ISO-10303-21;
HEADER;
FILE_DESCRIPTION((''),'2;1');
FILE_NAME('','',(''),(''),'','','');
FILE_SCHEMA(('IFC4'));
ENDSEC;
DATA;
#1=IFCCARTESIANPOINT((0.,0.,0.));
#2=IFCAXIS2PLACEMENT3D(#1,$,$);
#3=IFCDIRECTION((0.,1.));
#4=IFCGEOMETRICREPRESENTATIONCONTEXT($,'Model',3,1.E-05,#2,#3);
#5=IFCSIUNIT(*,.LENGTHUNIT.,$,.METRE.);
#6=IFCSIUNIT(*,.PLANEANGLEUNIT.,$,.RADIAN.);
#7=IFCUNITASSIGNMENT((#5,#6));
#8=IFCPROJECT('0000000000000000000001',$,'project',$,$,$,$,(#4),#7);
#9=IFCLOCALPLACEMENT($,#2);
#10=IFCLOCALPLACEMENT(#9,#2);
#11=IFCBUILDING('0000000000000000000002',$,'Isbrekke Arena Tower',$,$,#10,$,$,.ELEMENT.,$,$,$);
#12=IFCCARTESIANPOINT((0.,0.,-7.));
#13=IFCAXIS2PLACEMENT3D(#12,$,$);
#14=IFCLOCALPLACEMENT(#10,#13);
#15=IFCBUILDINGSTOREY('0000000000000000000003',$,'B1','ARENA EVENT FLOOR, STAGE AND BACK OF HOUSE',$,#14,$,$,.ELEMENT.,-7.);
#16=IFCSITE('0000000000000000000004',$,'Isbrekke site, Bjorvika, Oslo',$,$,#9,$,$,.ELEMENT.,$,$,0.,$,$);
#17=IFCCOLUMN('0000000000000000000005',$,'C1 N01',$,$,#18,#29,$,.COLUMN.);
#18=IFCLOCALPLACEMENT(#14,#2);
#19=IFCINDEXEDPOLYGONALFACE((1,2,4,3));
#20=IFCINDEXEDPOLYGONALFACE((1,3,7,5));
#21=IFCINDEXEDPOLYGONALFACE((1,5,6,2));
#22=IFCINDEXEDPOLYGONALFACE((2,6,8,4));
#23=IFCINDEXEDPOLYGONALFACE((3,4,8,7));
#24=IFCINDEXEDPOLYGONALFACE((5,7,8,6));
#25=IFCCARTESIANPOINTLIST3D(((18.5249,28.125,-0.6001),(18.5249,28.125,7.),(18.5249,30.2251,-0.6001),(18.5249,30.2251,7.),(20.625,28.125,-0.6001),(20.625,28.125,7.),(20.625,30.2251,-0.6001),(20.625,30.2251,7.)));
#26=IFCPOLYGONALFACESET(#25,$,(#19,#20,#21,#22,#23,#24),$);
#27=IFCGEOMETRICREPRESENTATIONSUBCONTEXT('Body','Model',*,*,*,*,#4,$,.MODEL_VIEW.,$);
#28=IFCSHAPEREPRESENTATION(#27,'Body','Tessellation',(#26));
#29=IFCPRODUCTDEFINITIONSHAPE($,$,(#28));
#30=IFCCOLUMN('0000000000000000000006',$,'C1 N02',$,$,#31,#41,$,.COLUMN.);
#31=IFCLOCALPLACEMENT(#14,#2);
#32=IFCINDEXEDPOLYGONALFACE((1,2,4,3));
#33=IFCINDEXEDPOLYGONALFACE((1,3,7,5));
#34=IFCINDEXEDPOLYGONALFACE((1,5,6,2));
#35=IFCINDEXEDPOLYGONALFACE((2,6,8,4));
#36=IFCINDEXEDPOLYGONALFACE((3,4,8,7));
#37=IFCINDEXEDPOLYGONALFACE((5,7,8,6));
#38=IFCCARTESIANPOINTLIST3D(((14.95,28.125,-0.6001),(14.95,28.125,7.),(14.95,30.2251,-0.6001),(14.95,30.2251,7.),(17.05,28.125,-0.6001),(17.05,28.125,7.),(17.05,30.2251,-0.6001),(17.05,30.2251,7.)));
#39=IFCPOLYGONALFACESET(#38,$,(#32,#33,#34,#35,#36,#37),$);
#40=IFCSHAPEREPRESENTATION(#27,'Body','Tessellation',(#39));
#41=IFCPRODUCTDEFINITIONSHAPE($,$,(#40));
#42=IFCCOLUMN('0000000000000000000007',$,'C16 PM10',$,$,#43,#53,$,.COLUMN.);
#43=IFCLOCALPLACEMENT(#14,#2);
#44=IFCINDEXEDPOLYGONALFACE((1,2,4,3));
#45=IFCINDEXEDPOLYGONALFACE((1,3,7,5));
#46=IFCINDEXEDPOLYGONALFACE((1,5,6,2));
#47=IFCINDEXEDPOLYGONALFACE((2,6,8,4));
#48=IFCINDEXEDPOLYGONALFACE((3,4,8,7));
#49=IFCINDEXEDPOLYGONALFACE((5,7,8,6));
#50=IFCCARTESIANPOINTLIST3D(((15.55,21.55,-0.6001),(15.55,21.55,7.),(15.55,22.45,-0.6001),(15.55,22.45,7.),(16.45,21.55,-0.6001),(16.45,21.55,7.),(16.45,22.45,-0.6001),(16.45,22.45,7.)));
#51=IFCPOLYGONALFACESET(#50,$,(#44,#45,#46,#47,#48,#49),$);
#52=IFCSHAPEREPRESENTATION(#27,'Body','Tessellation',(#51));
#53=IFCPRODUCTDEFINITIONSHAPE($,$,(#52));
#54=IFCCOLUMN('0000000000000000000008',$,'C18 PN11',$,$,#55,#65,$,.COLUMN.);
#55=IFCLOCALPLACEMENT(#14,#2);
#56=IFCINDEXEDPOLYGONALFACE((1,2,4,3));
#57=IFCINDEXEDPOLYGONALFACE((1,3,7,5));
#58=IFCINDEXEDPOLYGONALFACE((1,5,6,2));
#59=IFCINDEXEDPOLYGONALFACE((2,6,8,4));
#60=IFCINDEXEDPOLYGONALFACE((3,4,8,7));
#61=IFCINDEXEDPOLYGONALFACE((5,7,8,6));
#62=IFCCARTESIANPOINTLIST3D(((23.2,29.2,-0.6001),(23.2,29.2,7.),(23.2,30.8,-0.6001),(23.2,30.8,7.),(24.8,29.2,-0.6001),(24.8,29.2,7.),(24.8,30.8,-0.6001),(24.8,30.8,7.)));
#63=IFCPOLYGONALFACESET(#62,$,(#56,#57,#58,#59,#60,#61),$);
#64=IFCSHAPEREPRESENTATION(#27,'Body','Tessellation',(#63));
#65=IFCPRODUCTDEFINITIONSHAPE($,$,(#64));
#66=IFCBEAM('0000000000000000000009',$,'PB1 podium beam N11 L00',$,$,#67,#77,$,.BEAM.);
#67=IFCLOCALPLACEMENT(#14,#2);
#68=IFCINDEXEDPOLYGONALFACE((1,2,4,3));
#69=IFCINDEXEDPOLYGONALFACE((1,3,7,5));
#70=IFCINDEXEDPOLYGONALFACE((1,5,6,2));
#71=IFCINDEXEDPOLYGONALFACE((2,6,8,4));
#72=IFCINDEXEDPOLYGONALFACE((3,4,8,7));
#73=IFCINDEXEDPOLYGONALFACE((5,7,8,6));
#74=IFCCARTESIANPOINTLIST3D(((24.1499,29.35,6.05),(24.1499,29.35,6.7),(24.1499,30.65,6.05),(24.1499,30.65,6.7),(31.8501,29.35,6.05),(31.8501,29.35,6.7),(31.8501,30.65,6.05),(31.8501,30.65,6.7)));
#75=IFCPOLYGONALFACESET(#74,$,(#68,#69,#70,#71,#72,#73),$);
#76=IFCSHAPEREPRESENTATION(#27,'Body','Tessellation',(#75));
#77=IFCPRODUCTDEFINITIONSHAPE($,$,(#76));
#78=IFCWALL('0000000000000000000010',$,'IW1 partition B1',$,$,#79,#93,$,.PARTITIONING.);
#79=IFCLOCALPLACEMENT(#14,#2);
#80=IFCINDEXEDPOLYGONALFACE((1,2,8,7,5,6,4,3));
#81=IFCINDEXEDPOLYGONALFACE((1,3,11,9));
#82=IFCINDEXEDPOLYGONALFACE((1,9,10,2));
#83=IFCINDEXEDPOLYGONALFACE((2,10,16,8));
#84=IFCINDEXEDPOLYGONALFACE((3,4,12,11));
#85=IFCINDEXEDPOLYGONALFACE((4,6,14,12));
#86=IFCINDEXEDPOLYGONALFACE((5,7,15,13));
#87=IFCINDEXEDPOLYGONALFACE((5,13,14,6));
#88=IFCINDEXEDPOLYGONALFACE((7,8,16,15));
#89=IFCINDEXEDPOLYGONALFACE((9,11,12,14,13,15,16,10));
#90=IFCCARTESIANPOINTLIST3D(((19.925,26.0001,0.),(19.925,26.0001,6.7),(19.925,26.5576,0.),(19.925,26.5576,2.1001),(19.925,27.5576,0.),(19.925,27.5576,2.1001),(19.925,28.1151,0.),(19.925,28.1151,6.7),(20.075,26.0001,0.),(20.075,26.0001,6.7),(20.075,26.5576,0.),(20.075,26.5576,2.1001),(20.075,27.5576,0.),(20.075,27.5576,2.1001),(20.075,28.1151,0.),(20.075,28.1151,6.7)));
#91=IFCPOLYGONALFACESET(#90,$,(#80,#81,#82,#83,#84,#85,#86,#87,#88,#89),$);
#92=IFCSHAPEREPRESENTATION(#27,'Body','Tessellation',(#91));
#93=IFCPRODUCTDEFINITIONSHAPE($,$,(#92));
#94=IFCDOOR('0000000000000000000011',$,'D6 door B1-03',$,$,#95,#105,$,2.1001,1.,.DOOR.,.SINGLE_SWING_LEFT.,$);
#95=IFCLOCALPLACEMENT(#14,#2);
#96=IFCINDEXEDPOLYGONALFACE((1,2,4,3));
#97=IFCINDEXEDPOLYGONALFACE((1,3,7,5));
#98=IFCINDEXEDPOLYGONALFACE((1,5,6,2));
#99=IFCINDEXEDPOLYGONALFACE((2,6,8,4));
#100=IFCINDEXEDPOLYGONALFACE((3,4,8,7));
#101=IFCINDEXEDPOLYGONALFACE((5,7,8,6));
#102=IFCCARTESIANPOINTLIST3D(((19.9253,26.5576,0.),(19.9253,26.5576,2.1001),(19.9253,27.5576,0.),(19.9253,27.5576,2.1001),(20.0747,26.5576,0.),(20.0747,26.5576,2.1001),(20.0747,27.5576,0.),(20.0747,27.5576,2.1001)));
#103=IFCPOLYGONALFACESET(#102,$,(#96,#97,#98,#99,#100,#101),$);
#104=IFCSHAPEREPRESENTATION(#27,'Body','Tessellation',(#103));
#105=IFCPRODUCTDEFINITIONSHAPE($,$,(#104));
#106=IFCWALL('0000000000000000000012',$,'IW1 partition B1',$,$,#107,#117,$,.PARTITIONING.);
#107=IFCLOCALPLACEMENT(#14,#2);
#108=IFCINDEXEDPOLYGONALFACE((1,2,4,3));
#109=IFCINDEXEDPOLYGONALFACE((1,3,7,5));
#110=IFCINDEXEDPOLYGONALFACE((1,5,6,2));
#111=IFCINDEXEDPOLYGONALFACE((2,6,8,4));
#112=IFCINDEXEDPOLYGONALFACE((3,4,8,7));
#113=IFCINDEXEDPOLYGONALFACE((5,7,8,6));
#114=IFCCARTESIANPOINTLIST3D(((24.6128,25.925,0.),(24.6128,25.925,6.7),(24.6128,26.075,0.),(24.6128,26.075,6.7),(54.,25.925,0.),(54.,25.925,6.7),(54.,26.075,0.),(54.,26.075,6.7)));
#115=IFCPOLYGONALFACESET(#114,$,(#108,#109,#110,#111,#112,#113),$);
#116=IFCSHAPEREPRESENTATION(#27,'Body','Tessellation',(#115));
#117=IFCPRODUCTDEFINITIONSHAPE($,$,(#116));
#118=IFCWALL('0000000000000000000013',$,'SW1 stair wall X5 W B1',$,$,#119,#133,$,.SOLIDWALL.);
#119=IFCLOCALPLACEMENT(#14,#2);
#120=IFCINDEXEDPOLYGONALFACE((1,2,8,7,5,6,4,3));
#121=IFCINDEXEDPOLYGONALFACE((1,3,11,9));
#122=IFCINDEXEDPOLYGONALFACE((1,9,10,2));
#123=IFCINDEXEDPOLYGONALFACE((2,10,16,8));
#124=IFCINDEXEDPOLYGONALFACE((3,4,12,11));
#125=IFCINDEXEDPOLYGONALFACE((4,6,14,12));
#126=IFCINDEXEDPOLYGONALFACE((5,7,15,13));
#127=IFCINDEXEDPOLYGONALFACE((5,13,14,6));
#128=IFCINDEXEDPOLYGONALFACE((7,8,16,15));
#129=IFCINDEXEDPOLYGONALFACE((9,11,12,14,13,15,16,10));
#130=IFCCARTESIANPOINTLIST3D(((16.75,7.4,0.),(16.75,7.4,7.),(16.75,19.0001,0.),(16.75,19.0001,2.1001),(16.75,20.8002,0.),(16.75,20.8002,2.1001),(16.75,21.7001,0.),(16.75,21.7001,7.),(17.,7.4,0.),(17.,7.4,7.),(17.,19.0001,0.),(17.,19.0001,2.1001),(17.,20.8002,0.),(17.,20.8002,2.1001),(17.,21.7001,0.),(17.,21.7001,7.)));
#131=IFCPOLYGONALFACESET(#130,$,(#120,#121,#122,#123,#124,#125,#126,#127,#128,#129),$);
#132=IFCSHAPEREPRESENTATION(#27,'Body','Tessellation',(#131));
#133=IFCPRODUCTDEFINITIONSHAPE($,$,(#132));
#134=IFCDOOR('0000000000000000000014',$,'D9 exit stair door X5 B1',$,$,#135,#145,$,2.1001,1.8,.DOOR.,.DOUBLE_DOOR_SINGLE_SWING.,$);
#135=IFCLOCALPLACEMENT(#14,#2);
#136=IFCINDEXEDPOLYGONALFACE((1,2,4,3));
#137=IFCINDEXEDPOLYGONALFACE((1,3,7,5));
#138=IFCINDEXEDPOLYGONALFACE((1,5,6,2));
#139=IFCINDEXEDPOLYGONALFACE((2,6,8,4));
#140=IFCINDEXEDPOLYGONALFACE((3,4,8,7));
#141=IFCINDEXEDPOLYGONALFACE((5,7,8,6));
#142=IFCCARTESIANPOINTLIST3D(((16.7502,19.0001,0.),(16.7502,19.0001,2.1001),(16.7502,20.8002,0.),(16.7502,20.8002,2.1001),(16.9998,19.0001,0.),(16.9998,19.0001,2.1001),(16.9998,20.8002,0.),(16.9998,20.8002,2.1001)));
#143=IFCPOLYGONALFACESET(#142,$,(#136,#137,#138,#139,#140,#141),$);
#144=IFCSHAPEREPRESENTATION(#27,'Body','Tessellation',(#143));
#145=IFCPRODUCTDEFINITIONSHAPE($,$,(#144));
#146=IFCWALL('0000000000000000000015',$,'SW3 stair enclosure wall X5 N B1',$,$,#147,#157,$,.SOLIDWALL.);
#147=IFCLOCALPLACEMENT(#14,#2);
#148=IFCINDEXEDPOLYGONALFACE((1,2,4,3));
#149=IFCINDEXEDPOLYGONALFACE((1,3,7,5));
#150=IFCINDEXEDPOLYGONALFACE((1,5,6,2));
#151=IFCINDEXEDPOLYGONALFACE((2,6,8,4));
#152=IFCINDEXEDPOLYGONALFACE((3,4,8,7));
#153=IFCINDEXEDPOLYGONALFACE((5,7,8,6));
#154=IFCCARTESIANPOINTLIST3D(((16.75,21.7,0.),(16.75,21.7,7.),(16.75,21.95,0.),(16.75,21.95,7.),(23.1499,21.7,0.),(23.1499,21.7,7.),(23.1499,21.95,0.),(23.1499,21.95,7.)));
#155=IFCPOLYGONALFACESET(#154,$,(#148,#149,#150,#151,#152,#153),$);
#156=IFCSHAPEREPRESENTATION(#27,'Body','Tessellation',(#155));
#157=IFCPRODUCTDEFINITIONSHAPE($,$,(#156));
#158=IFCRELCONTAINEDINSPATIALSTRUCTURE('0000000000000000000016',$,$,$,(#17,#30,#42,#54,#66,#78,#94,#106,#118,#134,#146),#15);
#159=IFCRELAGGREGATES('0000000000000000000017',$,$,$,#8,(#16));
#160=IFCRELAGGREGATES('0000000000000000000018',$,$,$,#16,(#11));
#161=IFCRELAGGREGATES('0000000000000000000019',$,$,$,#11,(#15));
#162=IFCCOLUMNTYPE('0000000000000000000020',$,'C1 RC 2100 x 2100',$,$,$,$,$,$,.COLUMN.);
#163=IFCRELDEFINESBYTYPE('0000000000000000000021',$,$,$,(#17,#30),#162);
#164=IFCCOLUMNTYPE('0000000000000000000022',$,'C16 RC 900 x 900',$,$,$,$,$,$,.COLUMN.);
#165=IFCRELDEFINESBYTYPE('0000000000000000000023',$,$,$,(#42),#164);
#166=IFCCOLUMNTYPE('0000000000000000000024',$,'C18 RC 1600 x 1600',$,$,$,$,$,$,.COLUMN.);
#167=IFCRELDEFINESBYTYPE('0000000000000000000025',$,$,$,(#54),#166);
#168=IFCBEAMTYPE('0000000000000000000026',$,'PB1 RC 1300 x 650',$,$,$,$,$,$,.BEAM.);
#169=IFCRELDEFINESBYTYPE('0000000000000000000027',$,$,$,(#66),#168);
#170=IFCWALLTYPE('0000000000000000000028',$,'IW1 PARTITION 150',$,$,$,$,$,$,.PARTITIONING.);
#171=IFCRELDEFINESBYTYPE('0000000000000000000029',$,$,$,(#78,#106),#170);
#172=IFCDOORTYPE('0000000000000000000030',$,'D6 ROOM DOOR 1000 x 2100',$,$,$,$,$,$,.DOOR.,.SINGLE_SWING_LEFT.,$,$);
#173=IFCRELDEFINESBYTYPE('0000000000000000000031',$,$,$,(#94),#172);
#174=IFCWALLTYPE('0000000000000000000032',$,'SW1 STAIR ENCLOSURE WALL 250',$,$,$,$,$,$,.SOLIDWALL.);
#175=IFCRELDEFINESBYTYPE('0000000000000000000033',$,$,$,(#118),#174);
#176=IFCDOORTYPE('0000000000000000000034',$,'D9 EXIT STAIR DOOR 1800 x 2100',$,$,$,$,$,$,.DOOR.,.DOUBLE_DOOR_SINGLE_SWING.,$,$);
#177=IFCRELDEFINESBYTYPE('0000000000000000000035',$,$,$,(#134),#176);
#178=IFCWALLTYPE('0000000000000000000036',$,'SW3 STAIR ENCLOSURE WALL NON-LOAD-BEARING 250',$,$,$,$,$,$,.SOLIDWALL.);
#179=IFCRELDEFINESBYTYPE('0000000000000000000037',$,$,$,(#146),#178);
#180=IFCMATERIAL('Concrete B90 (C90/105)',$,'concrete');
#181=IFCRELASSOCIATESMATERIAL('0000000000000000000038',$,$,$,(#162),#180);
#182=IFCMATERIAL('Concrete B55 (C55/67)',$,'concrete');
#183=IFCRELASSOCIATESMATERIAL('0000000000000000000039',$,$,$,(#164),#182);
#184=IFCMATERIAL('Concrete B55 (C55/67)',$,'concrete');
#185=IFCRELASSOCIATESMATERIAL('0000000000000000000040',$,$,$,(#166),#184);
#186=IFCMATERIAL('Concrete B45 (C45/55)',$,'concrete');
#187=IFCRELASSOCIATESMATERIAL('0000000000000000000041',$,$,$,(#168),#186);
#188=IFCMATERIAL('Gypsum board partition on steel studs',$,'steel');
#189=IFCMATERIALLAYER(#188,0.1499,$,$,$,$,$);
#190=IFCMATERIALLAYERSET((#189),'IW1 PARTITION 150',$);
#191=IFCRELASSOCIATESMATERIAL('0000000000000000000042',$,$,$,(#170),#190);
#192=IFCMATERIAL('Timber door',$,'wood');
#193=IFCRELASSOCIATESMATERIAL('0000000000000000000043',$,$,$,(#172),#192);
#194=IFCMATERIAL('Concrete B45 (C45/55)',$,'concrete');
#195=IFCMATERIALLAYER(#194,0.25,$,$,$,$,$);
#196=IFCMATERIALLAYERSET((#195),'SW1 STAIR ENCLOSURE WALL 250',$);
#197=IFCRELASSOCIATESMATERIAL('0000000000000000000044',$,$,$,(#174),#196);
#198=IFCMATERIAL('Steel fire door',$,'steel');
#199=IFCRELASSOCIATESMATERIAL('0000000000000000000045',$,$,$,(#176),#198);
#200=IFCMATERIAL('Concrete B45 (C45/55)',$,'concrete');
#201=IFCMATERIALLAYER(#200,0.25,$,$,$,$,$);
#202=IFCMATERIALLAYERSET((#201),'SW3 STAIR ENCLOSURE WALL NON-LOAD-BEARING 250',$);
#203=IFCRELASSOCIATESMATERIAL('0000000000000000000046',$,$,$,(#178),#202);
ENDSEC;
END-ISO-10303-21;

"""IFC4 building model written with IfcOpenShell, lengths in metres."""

from ifc_helpers import new_model, si_unit, direction, frame, frame_2d, origin, origin_2d, place, context, subcontext, project, spatial, rectangle, extrude, material, layer, layer_set, material_profile, profile_set, type_object, element, fill, save


model = new_model("IFC4")

# Units and contexts
model_context = context("Model", 3, precision=1e-05, world=origin(), true_north=direction((0.0, 1.0)))
body_context = subcontext(model_context, "Body", "Model", "MODEL_VIEW")
ifc_project = project(units=[si_unit("LENGTHUNIT", "METRE"), si_unit("PLANEANGLEUNIT", "RADIAN")], contexts=[model_context])

# Site, building, storey
site_placement = place(None, origin())
site = spatial("IfcSite", under=ifc_project, at=site_placement, Name="Isbrekke site, Bjorvika, Oslo", CompositionType="ELEMENT", RefElevation=0.0)
building_placement = place(site_placement, origin())
building = spatial("IfcBuilding", under=site, at=building_placement, Name="Isbrekke Arena Tower", CompositionType="ELEMENT")
storey_placement = place(building_placement, frame((0.0, 0.0, -7.0)))
storey = spatial("IfcBuildingStorey", under=building, at=storey_placement, Name="B1", Description="ARENA EVENT FLOOR, STAGE AND BACK OF HOUSE", CompositionType="ELEMENT", Elevation=-7.0)

# Columns
ifc_material_1 = material(Name="Concrete B90 (C90/105)", Category="concrete")
ifc_material_profile_1 = material_profile(ifc_material_1, rectangle(XDim=2.1001, YDim=2.1001, at=origin_2d()), Name="RC 2100x2100")
ifc_profile_set_1 = profile_set([ifc_material_profile_1], Name="Concrete B90 (C90/105)")
column_type_1 = type_object("IfcColumnType", Name="C1 RC 2100 x 2100", PredefinedType="COLUMN", material=ifc_profile_set_1)
for number, where, z_axis, x_axis, name in (
    (1, (19.575, 29.175, -0.6001), (0.0, 0.0, 1.0), (-1.0, 0.0, 0.0), "C1 N01"),
    (2, (16.0, 29.175, -0.6001), (0.0, 0.0, 1.0), (-1.0, 0.0, 0.0), "C1 N02"),
):
    element("IfcColumn", number, at=place(storey_placement, frame(where, z_axis=z_axis, x_axis=x_axis)), inside=storey, type_object=column_type_1, Name=name, PredefinedType="COLUMN", context=body_context, shape_type="SweptSolid", body=[
        extrude(rectangle(XDim=2.1001, YDim=2.1001, at=origin_2d()), origin(), (0.0, 0.0, 1.0), 7.6001),
    ])
ifc_material_2 = material(Name="Concrete B55 (C55/67)", Category="concrete")
ifc_material_profile_2 = material_profile(ifc_material_2, rectangle(XDim=0.8999, YDim=0.8999, at=origin_2d()), Name="RC 900x900")
ifc_profile_set_2 = profile_set([ifc_material_profile_2], Name="Concrete B55 (C55/67)")
column_type_2 = type_object("IfcColumnType", Name="C16 RC 900 x 900", PredefinedType="COLUMN", material=ifc_profile_set_2)
column_1_placement = place(storey_placement, frame((16.0, 22.0, -0.6001), z_axis=(0.0, 0.0, 1.0), x_axis=(1.0, 0.0, 0.0)))
element("IfcColumn", 3, at=column_1_placement, inside=storey, type_object=column_type_2, Name="C16 PM10", PredefinedType="COLUMN", context=body_context, shape_type="SweptSolid", body=[
    extrude(rectangle(XDim=0.8999, YDim=0.8999, at=origin_2d()), origin(), (0.0, 0.0, 1.0), 7.6001),
])
ifc_material_3 = material(Name="Concrete B55 (C55/67)", Category="concrete")
ifc_material_profile_3 = material_profile(ifc_material_3, rectangle(XDim=1.6001, YDim=1.6001, at=origin_2d()), Name="RC 1600x1600")
ifc_profile_set_3 = profile_set([ifc_material_profile_3], Name="Concrete B55 (C55/67)")
column_type_3 = type_object("IfcColumnType", Name="C18 RC 1600 x 1600", PredefinedType="COLUMN", material=ifc_profile_set_3)
column_2_placement = place(storey_placement, frame((24.0, 30.0, -0.6001), z_axis=(0.0, 0.0, 1.0), x_axis=(1.0, 0.0, 0.0)))
element("IfcColumn", 4, at=column_2_placement, inside=storey, type_object=column_type_3, Name="C18 PN11", PredefinedType="COLUMN", context=body_context, shape_type="SweptSolid", body=[
    extrude(rectangle(XDim=1.6001, YDim=1.6001, at=origin_2d()), origin(), (0.0, 0.0, 1.0), 7.6001),
])

# Beam
ifc_material_4 = material(Name="Concrete B45 (C45/55)", Category="concrete")
ifc_material_profile_4 = material_profile(ifc_material_4, rectangle(XDim=1.3, YDim=0.6499, at=origin_2d()), Name="RC 1300x650")
ifc_profile_set_4 = profile_set([ifc_material_profile_4], Name="Concrete B45 (C45/55)")
beam_type = type_object("IfcBeamType", Name="PB1 RC 1300 x 650", PredefinedType="BEAM", material=ifc_profile_set_4)
beam_placement = place(storey_placement, frame((24.1499, 30.0, 6.375), z_axis=(1.0, 0.0, 0.0), x_axis=(0.0, 1.0, 0.0)))
element("IfcBeam", 5, at=beam_placement, inside=storey, type_object=beam_type, Name="PB1 podium beam N11 L00", PredefinedType="BEAM", context=body_context, shape_type="SweptSolid", body=[
    extrude(rectangle(XDim=1.3, YDim=0.6499, at=origin_2d()), origin(), (0.0, 0.0, 1.0), 7.7002),
])

# Wall, opening, door
ifc_material_5 = material(Name="Gypsum board partition on steel studs", Category="steel")
ifc_layer_1 = layer(ifc_material_5, 0.1499)
ifc_layer_set_1 = layer_set([ifc_layer_1], Name="IW1 PARTITION 150")
wall_type_1 = type_object("IfcWallType", Name="IW1 PARTITION 150", PredefinedType="PARTITIONING", material=ifc_layer_set_1)
wall_1_placement = place(storey_placement, frame((20.0, 26.0, 0.0), z_axis=(0.0, 0.0, 1.0), x_axis=(0.0, 1.0, 0.0)))
wall_1 = element("IfcWall", 6, at=wall_1_placement, inside=storey, type_object=wall_type_1, Name="IW1 partition B1", PredefinedType="PARTITIONING", context=body_context, shape_type="SweptSolid", body=[
    extrude(rectangle(XDim=2.115, YDim=0.1499, at=frame_2d((1.0576, 0.0))), origin(), (0.0, 0.0, 1.0), 6.7),
])
opening_1_placement = place(wall_1_placement, frame((0.5576, 0.0, 0.0)))
opening_1 = element("IfcOpeningElement", 7, at=opening_1_placement, cuts=wall_1, PredefinedType="OPENING", context=body_context, shape_type="SweptSolid", body=[
    extrude(rectangle(XDim=1.0, YDim=2.1001, at=frame_2d((0.5, 1.05))), frame((0.0, 0.0898, 0.0), z_axis=(0.0, -1.0, 0.0), x_axis=(1.0, 0.0, 0.0)), (0.0, 0.0, 1.0), 0.1797),
])
ifc_material_6 = material(Name="Timber door", Category="wood")
door_type_1 = type_object("IfcDoorType", Name="D6 ROOM DOOR 1000 x 2100", OperationType="SINGLE_SWING_LEFT", PredefinedType="DOOR", material=ifc_material_6)
door_1_placement = place(opening_1_placement, origin())
door_1 = element("IfcDoor", 8, at=door_1_placement, inside=storey, type_object=door_type_1, Name="D6 door B1-03", OperationType="SINGLE_SWING_LEFT", OverallHeight=2.1001, OverallWidth=1.0, PredefinedType="DOOR", context=body_context, shape_type="SweptSolid", body=[
    extrude(rectangle(XDim=1.0, YDim=2.1001, at=frame_2d((0.5, 1.05))), frame((0.0, 0.0747, 0.0), z_axis=(0.0, -1.0, 0.0), x_axis=(1.0, 0.0, 0.0)), (0.0, 0.0, 1.0), 0.1494),
])
fill(opening_1, door_1)

# Wall
wall_2_placement = place(storey_placement, frame((24.6128, 26.0, 0.0), z_axis=(0.0, 0.0, 1.0), x_axis=(1.0, 0.0, 0.0)))
element("IfcWall", 9, at=wall_2_placement, inside=storey, type_object=wall_type_1, Name="IW1 partition B1", PredefinedType="PARTITIONING", context=body_context, shape_type="SweptSolid", body=[
    extrude(rectangle(XDim=29.3872, YDim=0.1499, at=frame_2d((14.6936, 0.0))), origin(), (0.0, 0.0, 1.0), 6.7),
])

# Wall, opening, door
ifc_material_7 = material(Name="Concrete B45 (C45/55)", Category="concrete")
ifc_layer_2 = layer(ifc_material_7, 0.25)
ifc_layer_set_2 = layer_set([ifc_layer_2], Name="SW1 STAIR ENCLOSURE WALL 250")
wall_type_2 = type_object("IfcWallType", Name="SW1 STAIR ENCLOSURE WALL 250", PredefinedType="SOLIDWALL", material=ifc_layer_set_2)
wall_3_placement = place(storey_placement, frame((16.875, 21.7, 0.0), z_axis=(0.0, 0.0, 1.0), x_axis=(0.0, -1.0, 0.0)))
wall_3 = element("IfcWall", 10, at=wall_3_placement, inside=storey, type_object=wall_type_2, Name="SW1 stair wall X5 W B1", PredefinedType="SOLIDWALL", context=body_context, shape_type="SweptSolid", body=[
    extrude(rectangle(XDim=14.3, YDim=0.25, at=frame_2d((7.1499, 0.0))), origin(), (0.0, 0.0, 1.0), 7.0),
])
opening_2_placement = place(wall_3_placement, frame((0.8999, 0.0, 0.0)))
opening_2 = element("IfcOpeningElement", 11, at=opening_2_placement, cuts=wall_3, PredefinedType="OPENING", context=body_context, shape_type="SweptSolid", body=[
    extrude(rectangle(XDim=1.8, YDim=2.1001, at=frame_2d((0.8999, 1.05))), frame((0.0, 0.1399, 0.0), z_axis=(0.0, -1.0, 0.0), x_axis=(1.0, 0.0, 0.0)), (0.0, 0.0, 1.0), 0.2798),
])
ifc_material_8 = material(Name="Steel fire door", Category="steel")
door_type_2 = type_object("IfcDoorType", Name="D9 EXIT STAIR DOOR 1800 x 2100", OperationType="DOUBLE_DOOR_SINGLE_SWING", PredefinedType="DOOR", material=ifc_material_8)
door_2_placement = place(opening_2_placement, origin())
door_2 = element("IfcDoor", 12, at=door_2_placement, inside=storey, type_object=door_type_2, Name="D9 exit stair door X5 B1", OperationType="DOUBLE_DOOR_SINGLE_SWING", OverallHeight=2.1001, OverallWidth=1.8, PredefinedType="DOOR", context=body_context, shape_type="SweptSolid", body=[
    extrude(rectangle(XDim=1.8, YDim=2.1001, at=frame_2d((0.8999, 1.05))), frame((0.0, 0.1248, 0.0), z_axis=(0.0, -1.0, 0.0), x_axis=(1.0, 0.0, 0.0)), (0.0, 0.0, 1.0), 0.2495),
])
fill(opening_2, door_2)

# Wall
ifc_material_9 = material(Name="Concrete B45 (C45/55)", Category="concrete")
ifc_layer_3 = layer(ifc_material_9, 0.25)
ifc_layer_set_3 = layer_set([ifc_layer_3], Name="SW3 STAIR ENCLOSURE WALL NON-LOAD-BEARING 250")
wall_type_3 = type_object("IfcWallType", Name="SW3 STAIR ENCLOSURE WALL NON-LOAD-BEARING 250", PredefinedType="SOLIDWALL", material=ifc_layer_set_3)
wall_4_placement = place(storey_placement, frame((23.1499, 21.825, 0.0), z_axis=(0.0, 0.0, 1.0), x_axis=(-1.0, 0.0, 0.0)))
element("IfcWall", 13, at=wall_4_placement, inside=storey, type_object=wall_type_3, Name="SW3 stair enclosure wall X5 N B1", PredefinedType="SOLIDWALL", context=body_context, shape_type="SweptSolid", body=[
    extrude(rectangle(XDim=6.3999, YDim=0.25, at=frame_2d((3.2, 0.0))), origin(), (0.0, 0.0, 1.0), 7.0),
])

save(model, "model.ifc")
